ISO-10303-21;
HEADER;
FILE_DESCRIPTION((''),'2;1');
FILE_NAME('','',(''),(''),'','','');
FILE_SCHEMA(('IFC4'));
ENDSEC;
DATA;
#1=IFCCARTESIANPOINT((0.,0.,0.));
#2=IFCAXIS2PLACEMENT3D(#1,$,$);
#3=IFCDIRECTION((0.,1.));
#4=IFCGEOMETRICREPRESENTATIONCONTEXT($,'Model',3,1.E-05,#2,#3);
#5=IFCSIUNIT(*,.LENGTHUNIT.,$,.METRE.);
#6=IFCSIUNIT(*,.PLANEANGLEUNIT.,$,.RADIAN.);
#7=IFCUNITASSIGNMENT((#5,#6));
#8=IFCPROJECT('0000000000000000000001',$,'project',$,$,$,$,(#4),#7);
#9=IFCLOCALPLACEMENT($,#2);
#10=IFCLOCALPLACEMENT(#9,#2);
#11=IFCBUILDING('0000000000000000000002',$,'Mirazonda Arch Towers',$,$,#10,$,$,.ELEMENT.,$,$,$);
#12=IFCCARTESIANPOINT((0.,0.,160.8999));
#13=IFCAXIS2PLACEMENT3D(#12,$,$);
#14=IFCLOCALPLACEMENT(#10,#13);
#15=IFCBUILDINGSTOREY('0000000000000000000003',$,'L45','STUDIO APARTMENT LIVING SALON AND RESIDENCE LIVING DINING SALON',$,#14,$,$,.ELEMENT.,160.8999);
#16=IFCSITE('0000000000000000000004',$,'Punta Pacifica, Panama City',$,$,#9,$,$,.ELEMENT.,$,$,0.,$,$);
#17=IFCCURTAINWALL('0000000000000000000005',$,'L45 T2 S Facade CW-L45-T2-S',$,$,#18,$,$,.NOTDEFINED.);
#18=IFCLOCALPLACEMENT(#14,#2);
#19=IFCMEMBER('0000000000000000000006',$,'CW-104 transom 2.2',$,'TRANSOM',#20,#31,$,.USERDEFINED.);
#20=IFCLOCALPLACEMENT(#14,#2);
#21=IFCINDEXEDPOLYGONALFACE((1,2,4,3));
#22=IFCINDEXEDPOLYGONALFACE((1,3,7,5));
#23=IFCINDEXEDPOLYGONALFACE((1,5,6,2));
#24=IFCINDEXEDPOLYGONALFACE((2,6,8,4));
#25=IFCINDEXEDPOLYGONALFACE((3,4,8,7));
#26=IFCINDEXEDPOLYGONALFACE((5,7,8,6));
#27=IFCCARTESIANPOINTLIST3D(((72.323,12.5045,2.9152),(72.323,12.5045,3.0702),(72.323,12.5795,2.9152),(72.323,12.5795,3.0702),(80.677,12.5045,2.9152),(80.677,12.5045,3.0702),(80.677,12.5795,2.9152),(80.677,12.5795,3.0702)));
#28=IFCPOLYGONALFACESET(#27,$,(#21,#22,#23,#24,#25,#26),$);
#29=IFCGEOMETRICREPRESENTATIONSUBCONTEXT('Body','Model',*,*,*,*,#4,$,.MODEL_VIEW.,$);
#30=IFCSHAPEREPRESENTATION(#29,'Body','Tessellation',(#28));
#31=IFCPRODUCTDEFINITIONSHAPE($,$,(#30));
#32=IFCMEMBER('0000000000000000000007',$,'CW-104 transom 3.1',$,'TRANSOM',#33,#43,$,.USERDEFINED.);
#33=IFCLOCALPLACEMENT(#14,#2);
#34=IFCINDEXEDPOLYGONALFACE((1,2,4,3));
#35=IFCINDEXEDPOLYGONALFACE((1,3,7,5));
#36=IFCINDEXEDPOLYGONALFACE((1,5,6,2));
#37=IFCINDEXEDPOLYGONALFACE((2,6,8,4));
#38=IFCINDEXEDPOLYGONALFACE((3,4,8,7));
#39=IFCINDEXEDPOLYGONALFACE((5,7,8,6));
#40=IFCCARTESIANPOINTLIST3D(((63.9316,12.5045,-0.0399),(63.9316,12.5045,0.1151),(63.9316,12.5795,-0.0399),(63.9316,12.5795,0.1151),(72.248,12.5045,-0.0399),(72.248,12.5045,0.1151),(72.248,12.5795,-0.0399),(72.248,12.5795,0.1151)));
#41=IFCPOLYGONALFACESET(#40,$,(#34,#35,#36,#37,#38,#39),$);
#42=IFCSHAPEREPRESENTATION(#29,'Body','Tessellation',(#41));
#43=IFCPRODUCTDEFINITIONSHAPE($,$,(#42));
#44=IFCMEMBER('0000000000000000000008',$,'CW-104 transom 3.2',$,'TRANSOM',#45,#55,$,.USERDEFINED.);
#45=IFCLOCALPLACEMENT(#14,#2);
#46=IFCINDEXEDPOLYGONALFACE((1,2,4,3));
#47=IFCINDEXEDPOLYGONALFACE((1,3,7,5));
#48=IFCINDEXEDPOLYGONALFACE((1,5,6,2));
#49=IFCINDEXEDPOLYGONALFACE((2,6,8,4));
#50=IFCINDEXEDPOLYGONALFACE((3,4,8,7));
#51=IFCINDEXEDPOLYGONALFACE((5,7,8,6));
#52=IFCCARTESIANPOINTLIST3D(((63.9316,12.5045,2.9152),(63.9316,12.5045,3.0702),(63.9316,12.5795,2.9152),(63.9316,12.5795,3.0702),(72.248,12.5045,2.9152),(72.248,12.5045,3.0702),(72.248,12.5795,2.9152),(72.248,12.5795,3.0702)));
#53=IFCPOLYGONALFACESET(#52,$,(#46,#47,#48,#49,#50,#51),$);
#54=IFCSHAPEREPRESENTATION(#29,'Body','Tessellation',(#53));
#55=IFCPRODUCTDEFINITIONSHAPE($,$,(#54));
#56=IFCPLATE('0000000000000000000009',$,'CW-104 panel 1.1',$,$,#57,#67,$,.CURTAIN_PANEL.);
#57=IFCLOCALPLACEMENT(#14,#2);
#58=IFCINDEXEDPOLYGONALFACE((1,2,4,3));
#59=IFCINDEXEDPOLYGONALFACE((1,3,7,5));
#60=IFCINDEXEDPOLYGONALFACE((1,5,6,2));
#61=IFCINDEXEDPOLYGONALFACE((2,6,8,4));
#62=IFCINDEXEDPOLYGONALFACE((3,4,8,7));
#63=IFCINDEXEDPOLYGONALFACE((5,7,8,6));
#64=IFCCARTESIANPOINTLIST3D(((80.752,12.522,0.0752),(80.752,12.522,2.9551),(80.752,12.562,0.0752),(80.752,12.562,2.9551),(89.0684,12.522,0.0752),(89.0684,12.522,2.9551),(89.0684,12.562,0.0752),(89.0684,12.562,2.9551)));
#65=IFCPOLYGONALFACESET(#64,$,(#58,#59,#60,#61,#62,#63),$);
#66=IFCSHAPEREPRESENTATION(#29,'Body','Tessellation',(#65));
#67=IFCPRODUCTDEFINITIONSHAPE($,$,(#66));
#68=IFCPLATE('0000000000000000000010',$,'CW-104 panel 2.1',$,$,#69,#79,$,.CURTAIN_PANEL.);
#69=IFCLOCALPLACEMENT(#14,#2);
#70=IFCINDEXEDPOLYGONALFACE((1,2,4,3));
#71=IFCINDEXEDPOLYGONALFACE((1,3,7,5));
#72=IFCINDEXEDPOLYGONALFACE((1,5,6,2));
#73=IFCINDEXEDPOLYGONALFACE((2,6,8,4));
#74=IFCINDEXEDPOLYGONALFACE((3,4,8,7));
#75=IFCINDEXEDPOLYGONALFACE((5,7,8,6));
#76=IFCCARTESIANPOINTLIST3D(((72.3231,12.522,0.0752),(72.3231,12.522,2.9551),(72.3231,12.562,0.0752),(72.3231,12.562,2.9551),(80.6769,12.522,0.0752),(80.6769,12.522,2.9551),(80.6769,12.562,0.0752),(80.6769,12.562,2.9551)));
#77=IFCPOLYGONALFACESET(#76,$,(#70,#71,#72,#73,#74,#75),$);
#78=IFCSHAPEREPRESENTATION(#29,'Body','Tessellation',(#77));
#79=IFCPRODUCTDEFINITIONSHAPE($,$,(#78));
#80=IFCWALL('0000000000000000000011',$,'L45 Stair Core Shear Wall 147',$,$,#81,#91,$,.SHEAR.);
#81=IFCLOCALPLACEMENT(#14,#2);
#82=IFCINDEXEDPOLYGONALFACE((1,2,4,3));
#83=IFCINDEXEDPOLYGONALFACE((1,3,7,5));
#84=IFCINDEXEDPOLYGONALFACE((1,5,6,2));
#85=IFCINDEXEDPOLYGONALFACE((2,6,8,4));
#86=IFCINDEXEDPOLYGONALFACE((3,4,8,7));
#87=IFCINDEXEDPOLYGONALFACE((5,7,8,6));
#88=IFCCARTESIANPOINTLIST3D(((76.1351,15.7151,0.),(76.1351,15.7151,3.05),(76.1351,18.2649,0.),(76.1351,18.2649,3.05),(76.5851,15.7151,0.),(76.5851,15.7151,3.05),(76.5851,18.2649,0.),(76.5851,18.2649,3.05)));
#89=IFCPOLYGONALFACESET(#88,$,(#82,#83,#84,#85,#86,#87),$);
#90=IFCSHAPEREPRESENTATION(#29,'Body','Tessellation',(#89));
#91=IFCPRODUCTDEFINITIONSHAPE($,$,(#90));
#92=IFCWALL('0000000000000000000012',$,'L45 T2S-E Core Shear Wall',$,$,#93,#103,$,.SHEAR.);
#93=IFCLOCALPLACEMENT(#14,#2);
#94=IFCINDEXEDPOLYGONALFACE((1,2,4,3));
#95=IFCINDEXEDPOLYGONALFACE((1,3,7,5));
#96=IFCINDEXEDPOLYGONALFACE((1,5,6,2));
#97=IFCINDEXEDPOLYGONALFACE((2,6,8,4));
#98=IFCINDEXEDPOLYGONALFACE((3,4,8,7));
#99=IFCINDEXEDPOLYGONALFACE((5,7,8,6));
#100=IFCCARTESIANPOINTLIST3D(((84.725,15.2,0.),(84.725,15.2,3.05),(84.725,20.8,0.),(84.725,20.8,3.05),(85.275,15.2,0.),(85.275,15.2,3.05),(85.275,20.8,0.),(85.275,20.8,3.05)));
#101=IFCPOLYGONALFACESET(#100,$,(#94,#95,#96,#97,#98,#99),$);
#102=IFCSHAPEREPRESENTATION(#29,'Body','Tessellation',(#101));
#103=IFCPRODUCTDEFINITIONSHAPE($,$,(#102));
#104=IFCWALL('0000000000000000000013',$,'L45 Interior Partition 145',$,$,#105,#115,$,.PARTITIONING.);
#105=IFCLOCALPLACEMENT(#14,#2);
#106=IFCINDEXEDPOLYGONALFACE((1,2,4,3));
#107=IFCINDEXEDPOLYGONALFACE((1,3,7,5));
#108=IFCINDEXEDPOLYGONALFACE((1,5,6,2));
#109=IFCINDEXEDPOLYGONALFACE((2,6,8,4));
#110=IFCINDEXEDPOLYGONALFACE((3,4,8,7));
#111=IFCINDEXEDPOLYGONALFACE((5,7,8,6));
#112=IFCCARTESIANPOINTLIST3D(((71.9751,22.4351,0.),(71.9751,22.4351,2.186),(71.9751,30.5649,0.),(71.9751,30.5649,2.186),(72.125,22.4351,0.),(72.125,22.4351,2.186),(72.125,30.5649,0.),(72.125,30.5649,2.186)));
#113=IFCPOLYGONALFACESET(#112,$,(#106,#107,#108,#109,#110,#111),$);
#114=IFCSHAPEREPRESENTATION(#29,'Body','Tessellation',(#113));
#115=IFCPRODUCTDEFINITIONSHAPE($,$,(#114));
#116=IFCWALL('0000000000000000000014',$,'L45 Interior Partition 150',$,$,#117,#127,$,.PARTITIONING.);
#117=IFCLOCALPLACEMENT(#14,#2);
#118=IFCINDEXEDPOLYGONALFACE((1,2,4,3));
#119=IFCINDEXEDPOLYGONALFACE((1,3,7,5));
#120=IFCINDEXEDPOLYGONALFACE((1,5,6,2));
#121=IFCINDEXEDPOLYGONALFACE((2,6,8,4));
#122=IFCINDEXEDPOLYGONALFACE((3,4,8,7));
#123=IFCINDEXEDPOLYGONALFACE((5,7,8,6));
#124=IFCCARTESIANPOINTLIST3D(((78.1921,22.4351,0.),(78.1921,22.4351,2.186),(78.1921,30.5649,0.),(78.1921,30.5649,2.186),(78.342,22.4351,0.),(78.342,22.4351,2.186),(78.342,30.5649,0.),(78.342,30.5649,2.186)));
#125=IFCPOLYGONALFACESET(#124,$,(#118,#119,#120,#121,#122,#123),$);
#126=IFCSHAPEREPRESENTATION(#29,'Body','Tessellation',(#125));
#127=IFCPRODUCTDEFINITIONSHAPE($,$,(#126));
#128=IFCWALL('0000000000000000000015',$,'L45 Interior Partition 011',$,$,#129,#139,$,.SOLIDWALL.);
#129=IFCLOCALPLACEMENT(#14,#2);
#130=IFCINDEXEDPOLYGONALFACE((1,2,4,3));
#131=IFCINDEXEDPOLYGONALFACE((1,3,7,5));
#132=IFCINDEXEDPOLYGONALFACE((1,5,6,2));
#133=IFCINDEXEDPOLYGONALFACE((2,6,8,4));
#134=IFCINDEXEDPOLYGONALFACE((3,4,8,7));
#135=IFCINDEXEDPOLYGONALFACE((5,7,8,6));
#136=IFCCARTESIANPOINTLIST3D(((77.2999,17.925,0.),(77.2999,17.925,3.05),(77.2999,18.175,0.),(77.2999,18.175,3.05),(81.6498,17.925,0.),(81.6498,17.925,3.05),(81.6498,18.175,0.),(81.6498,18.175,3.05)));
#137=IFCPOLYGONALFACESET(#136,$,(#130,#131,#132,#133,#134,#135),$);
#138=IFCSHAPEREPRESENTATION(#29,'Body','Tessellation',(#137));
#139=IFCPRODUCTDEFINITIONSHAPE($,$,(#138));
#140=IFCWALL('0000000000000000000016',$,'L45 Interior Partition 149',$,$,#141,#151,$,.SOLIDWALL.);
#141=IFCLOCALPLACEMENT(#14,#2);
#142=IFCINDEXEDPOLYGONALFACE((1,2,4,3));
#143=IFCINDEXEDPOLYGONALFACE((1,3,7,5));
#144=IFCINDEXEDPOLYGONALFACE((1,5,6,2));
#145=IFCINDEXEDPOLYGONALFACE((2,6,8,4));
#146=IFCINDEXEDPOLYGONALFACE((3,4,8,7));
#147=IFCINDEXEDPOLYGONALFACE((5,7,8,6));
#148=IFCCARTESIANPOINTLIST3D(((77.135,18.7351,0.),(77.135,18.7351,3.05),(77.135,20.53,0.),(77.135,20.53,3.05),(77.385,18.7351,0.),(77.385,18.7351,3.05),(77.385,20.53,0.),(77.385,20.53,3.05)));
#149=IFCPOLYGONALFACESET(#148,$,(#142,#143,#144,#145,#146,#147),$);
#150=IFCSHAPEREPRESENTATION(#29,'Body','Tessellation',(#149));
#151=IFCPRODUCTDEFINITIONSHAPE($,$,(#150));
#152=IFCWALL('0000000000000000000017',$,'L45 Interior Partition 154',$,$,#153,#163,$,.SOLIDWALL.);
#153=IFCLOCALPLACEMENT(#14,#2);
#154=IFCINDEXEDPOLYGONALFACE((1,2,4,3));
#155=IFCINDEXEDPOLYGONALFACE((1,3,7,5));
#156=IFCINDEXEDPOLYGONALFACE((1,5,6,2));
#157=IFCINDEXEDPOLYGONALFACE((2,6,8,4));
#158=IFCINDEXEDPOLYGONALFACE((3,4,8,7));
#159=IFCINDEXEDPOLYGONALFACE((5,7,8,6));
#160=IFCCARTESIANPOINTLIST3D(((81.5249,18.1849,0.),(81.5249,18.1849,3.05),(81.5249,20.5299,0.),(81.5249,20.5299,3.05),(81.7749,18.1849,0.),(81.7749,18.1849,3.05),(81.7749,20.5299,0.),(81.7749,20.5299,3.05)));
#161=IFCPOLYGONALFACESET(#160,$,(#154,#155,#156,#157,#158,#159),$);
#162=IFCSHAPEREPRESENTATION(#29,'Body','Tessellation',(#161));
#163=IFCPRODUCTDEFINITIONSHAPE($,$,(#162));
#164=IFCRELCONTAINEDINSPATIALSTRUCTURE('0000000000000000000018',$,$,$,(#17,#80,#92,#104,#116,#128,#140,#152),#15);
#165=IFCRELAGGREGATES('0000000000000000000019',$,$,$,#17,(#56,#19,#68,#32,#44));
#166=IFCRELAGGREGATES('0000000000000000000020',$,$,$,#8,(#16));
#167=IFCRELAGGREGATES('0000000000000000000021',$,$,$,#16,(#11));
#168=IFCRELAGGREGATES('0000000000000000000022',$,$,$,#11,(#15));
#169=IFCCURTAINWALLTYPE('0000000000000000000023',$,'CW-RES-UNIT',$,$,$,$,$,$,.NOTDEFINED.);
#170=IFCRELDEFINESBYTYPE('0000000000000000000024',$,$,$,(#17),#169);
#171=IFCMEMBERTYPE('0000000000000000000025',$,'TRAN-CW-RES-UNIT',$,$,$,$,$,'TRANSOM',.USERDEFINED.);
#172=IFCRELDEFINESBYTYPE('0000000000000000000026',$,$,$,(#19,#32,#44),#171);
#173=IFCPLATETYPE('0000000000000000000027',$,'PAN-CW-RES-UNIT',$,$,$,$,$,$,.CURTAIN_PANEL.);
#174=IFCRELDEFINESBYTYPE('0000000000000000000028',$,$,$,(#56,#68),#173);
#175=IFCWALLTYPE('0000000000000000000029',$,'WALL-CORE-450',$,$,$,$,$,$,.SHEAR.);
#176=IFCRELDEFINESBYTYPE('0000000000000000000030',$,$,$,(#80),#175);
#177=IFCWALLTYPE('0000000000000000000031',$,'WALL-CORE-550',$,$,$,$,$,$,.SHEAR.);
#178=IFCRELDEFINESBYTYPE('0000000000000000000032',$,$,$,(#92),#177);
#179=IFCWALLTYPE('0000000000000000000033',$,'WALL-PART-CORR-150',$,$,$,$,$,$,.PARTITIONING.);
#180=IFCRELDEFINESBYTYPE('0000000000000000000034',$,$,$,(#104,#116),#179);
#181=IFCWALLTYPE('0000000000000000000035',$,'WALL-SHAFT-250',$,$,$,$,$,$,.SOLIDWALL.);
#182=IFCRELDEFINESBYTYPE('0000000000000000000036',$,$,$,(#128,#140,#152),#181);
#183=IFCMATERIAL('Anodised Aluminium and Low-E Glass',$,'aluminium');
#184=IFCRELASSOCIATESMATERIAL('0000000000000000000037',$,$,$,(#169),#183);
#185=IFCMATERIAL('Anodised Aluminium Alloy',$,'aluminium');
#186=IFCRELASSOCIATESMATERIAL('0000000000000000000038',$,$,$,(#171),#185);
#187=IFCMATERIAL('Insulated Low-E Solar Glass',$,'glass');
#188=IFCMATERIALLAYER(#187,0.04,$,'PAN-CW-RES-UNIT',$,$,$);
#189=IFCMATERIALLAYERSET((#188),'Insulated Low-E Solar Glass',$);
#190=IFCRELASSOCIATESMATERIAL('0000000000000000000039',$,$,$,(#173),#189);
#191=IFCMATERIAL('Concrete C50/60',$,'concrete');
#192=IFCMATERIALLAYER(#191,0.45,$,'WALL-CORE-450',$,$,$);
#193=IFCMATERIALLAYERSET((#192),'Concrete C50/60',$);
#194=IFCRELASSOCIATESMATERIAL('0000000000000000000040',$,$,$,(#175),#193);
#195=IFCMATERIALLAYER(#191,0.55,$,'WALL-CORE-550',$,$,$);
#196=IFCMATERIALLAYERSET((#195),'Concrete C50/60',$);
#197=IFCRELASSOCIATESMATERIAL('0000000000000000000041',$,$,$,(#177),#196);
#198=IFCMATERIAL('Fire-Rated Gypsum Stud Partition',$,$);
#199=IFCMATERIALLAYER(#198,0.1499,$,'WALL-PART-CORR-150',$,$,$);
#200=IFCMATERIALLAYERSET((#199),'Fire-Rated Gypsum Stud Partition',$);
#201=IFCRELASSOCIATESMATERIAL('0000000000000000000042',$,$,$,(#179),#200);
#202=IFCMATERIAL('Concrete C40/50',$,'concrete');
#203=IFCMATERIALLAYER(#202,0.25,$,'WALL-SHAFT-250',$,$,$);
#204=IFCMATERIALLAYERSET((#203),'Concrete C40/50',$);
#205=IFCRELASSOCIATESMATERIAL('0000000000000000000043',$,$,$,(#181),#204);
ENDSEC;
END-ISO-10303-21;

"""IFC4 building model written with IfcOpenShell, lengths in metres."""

from ifc_helpers import new_model, si_unit, direction, frame, frame_2d, origin, origin_2d, place, context, subcontext, project, spatial, rectangle, extrude, material, layer, layer_set, material_profile, profile_set, type_object, element, aggregate, save


model = new_model("IFC4")

# Units and contexts
model_context = context("Model", 3, precision=1e-05, world=origin(), true_north=direction((0.0, 1.0)))
body_context = subcontext(model_context, "Body", "Model", "MODEL_VIEW")
ifc_project = project(units=[si_unit("LENGTHUNIT", "METRE"), si_unit("PLANEANGLEUNIT", "RADIAN")], contexts=[model_context])

# Site, building, storey
site_placement = place(None, origin())
site = spatial("IfcSite", under=ifc_project, at=site_placement, Name="Punta Pacifica, Panama City", CompositionType="ELEMENT", RefElevation=0.0)
building_placement = place(site_placement, origin())
building = spatial("IfcBuilding", under=site, at=building_placement, Name="Mirazonda Arch Towers", CompositionType="ELEMENT")
storey_placement = place(building_placement, frame((0.0, 0.0, 160.8999)))
storey = spatial("IfcBuildingStorey", under=building, at=storey_placement, Name="L45", Description="STUDIO APARTMENT LIVING SALON AND RESIDENCE LIVING DINING SALON", CompositionType="ELEMENT", Elevation=160.8999)

# Shared definitions
ifc_material_1 = material(Name="Concrete C50/60", Category="concrete")

# Curtain wall, members, plates
ifc_material_2 = material(Name="Anodised Aluminium and Low-E Glass", Category="aluminium")
curtain_wall_type = type_object("IfcCurtainWallType", Name="CW-RES-UNIT", PredefinedType="NOTDEFINED", material=ifc_material_2)
curtain_wall_placement = place(storey_placement, origin())
curtain_wall = element("IfcCurtainWall", 1, at=curtain_wall_placement, inside=storey, type_object=curtain_wall_type, Name="L45 T2 S Facade CW-L45-T2-S", PredefinedType="NOTDEFINED")
ifc_material_3 = material(Name="Anodised Aluminium Alloy", Category="aluminium")
ifc_material_profile_1 = material_profile(ifc_material_3, rectangle(XDim=0.075, YDim=0.155, at=origin_2d()), Name="ALU-TRAN-75x155")
ifc_profile_set_1 = profile_set([ifc_material_profile_1], Name="Anodised Aluminium Alloy")
member_type_1 = type_object("IfcMemberType", Name="TRAN-CW-RES-UNIT", ElementType="TRANSOM", PredefinedType="USERDEFINED", material=ifc_profile_set_1)
member_1_placement = place(storey_placement, frame((80.677, 12.542, 2.9927), z_axis=(-1.0, 0.0, 0.0), x_axis=(0.0, -1.0, 0.0)))
member_1 = element("IfcMember", 2, at=member_1_placement, type_object=member_type_1, Name="CW-104 transom 2.2", ObjectType="TRANSOM", PredefinedType="USERDEFINED", context=body_context, shape_type="SweptSolid", body=[
    extrude(rectangle(XDim=0.075, YDim=0.155, at=origin_2d()), origin(), (0.0, 0.0, 1.0), 8.354),
])
member_2_placement = place(storey_placement, frame((72.248, 12.542, 0.0376), z_axis=(-1.0, 0.0, 0.0), x_axis=(0.0, -1.0, 0.0)))
member_2 = element("IfcMember", 3, at=member_2_placement, type_object=member_type_1, Name="CW-104 transom 3.1", ObjectType="TRANSOM", PredefinedType="USERDEFINED", context=body_context, shape_type="SweptSolid", body=[
    extrude(rectangle(XDim=0.075, YDim=0.155, at=origin_2d()), origin(), (0.0, 0.0, 1.0), 8.3164),
])
member_3_placement = place(storey_placement, frame((72.248, 12.542, 2.9927), z_axis=(-1.0, 0.0, 0.0), x_axis=(0.0, -1.0, 0.0)))
member_3 = element("IfcMember", 4, at=member_3_placement, type_object=member_type_1, Name="CW-104 transom 3.2", ObjectType="TRANSOM", PredefinedType="USERDEFINED", context=body_context, shape_type="SweptSolid", body=[
    extrude(rectangle(XDim=0.075, YDim=0.155, at=origin_2d()), origin(), (0.0, 0.0, 1.0), 8.3164),
])
ifc_material_4 = material(Name="Insulated Low-E Solar Glass", Category="glass")
ifc_layer_1 = layer(ifc_material_4, 0.04, Name="PAN-CW-RES-UNIT")
ifc_layer_set_1 = layer_set([ifc_layer_1], Name="Insulated Low-E Solar Glass")
plate_type = type_object("IfcPlateType", Name="PAN-CW-RES-UNIT", PredefinedType="CURTAIN_PANEL", material=ifc_layer_set_1)
plate_1_placement = place(storey_placement, frame((84.9102, 12.542, 0.0752), z_axis=(0.0, 0.0, 1.0), x_axis=(-1.0, 0.0, 0.0)))
plate_1 = element("IfcPlate", 5, at=plate_1_placement, type_object=plate_type, Name="CW-104 panel 1.1", PredefinedType="CURTAIN_PANEL", context=body_context, shape_type="SweptSolid", body=[
    extrude(rectangle(XDim=8.3164, YDim=0.04, at=origin_2d()), origin(), (0.0, 0.0, 1.0), 2.8799),
])
plate_2_placement = place(storey_placement, frame((76.5, 12.542, 0.0752), z_axis=(0.0, 0.0, 1.0), x_axis=(-1.0, 0.0, 0.0)))
plate_2 = element("IfcPlate", 6, at=plate_2_placement, type_object=plate_type, Name="CW-104 panel 2.1", PredefinedType="CURTAIN_PANEL", context=body_context, shape_type="SweptSolid", body=[
    extrude(rectangle(XDim=8.3538, YDim=0.04, at=origin_2d()), origin(), (0.0, 0.0, 1.0), 2.8799),
])
aggregate(curtain_wall, [plate_1, member_1, plate_2, member_2, member_3])

# Walls
ifc_layer_2 = layer(ifc_material_1, 0.45, Name="WALL-CORE-450")
ifc_layer_set_2 = layer_set([ifc_layer_2], Name="Concrete C50/60")
wall_type_1 = type_object("IfcWallType", Name="WALL-CORE-450", PredefinedType="SHEAR", material=ifc_layer_set_2)
wall_1_placement = place(storey_placement, frame((76.3601, 15.7151, 0.0), z_axis=(0.0, 0.0, 1.0), x_axis=(0.0, 1.0, 0.0)))
element("IfcWall", 7, at=wall_1_placement, inside=storey, type_object=wall_type_1, Name="L45 Stair Core Shear Wall 147", PredefinedType="SHEAR", context=body_context, shape_type="SweptSolid", body=[
    extrude(rectangle(XDim=2.5498, YDim=0.45, at=frame_2d((1.2749, 0.0))), origin(), (0.0, 0.0, 1.0), 3.05),
])
ifc_layer_3 = layer(ifc_material_1, 0.55, Name="WALL-CORE-550")
ifc_layer_set_3 = layer_set([ifc_layer_3], Name="Concrete C50/60")
wall_type_2 = type_object("IfcWallType", Name="WALL-CORE-550", PredefinedType="SHEAR", material=ifc_layer_set_3)
wall_2_placement = place(storey_placement, frame((85.0, 15.2, 0.0), z_axis=(0.0, 0.0, 1.0), x_axis=(0.0, 1.0, 0.0)))
element("IfcWall", 8, at=wall_2_placement, inside=storey, type_object=wall_type_2, Name="L45 T2S-E Core Shear Wall", PredefinedType="SHEAR", context=body_context, shape_type="SweptSolid", body=[
    extrude(rectangle(XDim=5.6001, YDim=0.55, at=frame_2d((2.8, 0.0))), origin(), (0.0, 0.0, 1.0), 3.05),
])
ifc_material_5 = material(Name="Fire-Rated Gypsum Stud Partition")
ifc_layer_4 = layer(ifc_material_5, 0.1499, Name="WALL-PART-CORR-150")
ifc_layer_set_4 = layer_set([ifc_layer_4], Name="Fire-Rated Gypsum Stud Partition")
wall_type_3 = type_object("IfcWallType", Name="WALL-PART-CORR-150", PredefinedType="PARTITIONING", material=ifc_layer_set_4)
for number, where, z_axis, x_axis, name in (
    (9, (72.05, 22.4351, 0.0), (0.0, 0.0, 1.0), (0.0, 1.0, 0.0), "L45 Interior Partition 145"),
    (10, (78.2671, 22.4351, 0.0), (0.0, 0.0, 1.0), (0.0, 1.0, 0.0), "L45 Interior Partition 150"),
):
    element("IfcWall", number, at=place(storey_placement, frame(where, z_axis=z_axis, x_axis=x_axis)), inside=storey, type_object=wall_type_3, Name=name, PredefinedType="PARTITIONING", context=body_context, shape_type="SweptSolid", body=[
        extrude(rectangle(XDim=8.1299, YDim=0.1499, at=frame_2d((4.0649, 0.0))), origin(), (0.0, 0.0, 1.0), 2.186),
    ])
ifc_material_6 = material(Name="Concrete C40/50", Category="concrete")
ifc_layer_5 = layer(ifc_material_6, 0.25, Name="WALL-SHAFT-250")
ifc_layer_set_5 = layer_set([ifc_layer_5], Name="Concrete C40/50")
wall_type_4 = type_object("IfcWallType", Name="WALL-SHAFT-250", PredefinedType="SOLIDWALL", material=ifc_layer_set_5)
wall_3_placement = place(storey_placement, frame((77.3, 18.05, 0.0), z_axis=(0.0, 0.0, 1.0), x_axis=(1.0, 0.0, 0.0)))
element("IfcWall", 11, at=wall_3_placement, inside=storey, type_object=wall_type_4, Name="L45 Interior Partition 011", PredefinedType="SOLIDWALL", context=body_context, shape_type="SweptSolid", body=[
    extrude(rectangle(XDim=4.3499, YDim=0.25, at=frame_2d((2.1748, 0.0))), origin(), (0.0, 0.0, 1.0), 3.05),
])
wall_4_placement = place(storey_placement, frame((77.26, 18.7351, 0.0), z_axis=(0.0, 0.0, 1.0), x_axis=(0.0, 1.0, 0.0)))
element("IfcWall", 12, at=wall_4_placement, inside=storey, type_object=wall_type_4, Name="L45 Interior Partition 149", PredefinedType="SOLIDWALL", context=body_context, shape_type="SweptSolid", body=[
    extrude(rectangle(XDim=1.7949, YDim=0.25, at=frame_2d((0.8975, 0.0))), origin(), (0.0, 0.0, 1.0), 3.05),
])
wall_5_placement = place(storey_placement, frame((81.6499, 18.1851, 0.0), z_axis=(0.0, 0.0, 1.0), x_axis=(0.0, 1.0, 0.0)))
element("IfcWall", 13, at=wall_5_placement, inside=storey, type_object=wall_type_4, Name="L45 Interior Partition 154", PredefinedType="SOLIDWALL", context=body_context, shape_type="SweptSolid", body=[
    extrude(rectangle(XDim=2.345, YDim=0.25, at=frame_2d((1.1724, 0.0))), origin(), (0.0, 0.0, 1.0), 3.05),
])

save(model, "model.ifc")
